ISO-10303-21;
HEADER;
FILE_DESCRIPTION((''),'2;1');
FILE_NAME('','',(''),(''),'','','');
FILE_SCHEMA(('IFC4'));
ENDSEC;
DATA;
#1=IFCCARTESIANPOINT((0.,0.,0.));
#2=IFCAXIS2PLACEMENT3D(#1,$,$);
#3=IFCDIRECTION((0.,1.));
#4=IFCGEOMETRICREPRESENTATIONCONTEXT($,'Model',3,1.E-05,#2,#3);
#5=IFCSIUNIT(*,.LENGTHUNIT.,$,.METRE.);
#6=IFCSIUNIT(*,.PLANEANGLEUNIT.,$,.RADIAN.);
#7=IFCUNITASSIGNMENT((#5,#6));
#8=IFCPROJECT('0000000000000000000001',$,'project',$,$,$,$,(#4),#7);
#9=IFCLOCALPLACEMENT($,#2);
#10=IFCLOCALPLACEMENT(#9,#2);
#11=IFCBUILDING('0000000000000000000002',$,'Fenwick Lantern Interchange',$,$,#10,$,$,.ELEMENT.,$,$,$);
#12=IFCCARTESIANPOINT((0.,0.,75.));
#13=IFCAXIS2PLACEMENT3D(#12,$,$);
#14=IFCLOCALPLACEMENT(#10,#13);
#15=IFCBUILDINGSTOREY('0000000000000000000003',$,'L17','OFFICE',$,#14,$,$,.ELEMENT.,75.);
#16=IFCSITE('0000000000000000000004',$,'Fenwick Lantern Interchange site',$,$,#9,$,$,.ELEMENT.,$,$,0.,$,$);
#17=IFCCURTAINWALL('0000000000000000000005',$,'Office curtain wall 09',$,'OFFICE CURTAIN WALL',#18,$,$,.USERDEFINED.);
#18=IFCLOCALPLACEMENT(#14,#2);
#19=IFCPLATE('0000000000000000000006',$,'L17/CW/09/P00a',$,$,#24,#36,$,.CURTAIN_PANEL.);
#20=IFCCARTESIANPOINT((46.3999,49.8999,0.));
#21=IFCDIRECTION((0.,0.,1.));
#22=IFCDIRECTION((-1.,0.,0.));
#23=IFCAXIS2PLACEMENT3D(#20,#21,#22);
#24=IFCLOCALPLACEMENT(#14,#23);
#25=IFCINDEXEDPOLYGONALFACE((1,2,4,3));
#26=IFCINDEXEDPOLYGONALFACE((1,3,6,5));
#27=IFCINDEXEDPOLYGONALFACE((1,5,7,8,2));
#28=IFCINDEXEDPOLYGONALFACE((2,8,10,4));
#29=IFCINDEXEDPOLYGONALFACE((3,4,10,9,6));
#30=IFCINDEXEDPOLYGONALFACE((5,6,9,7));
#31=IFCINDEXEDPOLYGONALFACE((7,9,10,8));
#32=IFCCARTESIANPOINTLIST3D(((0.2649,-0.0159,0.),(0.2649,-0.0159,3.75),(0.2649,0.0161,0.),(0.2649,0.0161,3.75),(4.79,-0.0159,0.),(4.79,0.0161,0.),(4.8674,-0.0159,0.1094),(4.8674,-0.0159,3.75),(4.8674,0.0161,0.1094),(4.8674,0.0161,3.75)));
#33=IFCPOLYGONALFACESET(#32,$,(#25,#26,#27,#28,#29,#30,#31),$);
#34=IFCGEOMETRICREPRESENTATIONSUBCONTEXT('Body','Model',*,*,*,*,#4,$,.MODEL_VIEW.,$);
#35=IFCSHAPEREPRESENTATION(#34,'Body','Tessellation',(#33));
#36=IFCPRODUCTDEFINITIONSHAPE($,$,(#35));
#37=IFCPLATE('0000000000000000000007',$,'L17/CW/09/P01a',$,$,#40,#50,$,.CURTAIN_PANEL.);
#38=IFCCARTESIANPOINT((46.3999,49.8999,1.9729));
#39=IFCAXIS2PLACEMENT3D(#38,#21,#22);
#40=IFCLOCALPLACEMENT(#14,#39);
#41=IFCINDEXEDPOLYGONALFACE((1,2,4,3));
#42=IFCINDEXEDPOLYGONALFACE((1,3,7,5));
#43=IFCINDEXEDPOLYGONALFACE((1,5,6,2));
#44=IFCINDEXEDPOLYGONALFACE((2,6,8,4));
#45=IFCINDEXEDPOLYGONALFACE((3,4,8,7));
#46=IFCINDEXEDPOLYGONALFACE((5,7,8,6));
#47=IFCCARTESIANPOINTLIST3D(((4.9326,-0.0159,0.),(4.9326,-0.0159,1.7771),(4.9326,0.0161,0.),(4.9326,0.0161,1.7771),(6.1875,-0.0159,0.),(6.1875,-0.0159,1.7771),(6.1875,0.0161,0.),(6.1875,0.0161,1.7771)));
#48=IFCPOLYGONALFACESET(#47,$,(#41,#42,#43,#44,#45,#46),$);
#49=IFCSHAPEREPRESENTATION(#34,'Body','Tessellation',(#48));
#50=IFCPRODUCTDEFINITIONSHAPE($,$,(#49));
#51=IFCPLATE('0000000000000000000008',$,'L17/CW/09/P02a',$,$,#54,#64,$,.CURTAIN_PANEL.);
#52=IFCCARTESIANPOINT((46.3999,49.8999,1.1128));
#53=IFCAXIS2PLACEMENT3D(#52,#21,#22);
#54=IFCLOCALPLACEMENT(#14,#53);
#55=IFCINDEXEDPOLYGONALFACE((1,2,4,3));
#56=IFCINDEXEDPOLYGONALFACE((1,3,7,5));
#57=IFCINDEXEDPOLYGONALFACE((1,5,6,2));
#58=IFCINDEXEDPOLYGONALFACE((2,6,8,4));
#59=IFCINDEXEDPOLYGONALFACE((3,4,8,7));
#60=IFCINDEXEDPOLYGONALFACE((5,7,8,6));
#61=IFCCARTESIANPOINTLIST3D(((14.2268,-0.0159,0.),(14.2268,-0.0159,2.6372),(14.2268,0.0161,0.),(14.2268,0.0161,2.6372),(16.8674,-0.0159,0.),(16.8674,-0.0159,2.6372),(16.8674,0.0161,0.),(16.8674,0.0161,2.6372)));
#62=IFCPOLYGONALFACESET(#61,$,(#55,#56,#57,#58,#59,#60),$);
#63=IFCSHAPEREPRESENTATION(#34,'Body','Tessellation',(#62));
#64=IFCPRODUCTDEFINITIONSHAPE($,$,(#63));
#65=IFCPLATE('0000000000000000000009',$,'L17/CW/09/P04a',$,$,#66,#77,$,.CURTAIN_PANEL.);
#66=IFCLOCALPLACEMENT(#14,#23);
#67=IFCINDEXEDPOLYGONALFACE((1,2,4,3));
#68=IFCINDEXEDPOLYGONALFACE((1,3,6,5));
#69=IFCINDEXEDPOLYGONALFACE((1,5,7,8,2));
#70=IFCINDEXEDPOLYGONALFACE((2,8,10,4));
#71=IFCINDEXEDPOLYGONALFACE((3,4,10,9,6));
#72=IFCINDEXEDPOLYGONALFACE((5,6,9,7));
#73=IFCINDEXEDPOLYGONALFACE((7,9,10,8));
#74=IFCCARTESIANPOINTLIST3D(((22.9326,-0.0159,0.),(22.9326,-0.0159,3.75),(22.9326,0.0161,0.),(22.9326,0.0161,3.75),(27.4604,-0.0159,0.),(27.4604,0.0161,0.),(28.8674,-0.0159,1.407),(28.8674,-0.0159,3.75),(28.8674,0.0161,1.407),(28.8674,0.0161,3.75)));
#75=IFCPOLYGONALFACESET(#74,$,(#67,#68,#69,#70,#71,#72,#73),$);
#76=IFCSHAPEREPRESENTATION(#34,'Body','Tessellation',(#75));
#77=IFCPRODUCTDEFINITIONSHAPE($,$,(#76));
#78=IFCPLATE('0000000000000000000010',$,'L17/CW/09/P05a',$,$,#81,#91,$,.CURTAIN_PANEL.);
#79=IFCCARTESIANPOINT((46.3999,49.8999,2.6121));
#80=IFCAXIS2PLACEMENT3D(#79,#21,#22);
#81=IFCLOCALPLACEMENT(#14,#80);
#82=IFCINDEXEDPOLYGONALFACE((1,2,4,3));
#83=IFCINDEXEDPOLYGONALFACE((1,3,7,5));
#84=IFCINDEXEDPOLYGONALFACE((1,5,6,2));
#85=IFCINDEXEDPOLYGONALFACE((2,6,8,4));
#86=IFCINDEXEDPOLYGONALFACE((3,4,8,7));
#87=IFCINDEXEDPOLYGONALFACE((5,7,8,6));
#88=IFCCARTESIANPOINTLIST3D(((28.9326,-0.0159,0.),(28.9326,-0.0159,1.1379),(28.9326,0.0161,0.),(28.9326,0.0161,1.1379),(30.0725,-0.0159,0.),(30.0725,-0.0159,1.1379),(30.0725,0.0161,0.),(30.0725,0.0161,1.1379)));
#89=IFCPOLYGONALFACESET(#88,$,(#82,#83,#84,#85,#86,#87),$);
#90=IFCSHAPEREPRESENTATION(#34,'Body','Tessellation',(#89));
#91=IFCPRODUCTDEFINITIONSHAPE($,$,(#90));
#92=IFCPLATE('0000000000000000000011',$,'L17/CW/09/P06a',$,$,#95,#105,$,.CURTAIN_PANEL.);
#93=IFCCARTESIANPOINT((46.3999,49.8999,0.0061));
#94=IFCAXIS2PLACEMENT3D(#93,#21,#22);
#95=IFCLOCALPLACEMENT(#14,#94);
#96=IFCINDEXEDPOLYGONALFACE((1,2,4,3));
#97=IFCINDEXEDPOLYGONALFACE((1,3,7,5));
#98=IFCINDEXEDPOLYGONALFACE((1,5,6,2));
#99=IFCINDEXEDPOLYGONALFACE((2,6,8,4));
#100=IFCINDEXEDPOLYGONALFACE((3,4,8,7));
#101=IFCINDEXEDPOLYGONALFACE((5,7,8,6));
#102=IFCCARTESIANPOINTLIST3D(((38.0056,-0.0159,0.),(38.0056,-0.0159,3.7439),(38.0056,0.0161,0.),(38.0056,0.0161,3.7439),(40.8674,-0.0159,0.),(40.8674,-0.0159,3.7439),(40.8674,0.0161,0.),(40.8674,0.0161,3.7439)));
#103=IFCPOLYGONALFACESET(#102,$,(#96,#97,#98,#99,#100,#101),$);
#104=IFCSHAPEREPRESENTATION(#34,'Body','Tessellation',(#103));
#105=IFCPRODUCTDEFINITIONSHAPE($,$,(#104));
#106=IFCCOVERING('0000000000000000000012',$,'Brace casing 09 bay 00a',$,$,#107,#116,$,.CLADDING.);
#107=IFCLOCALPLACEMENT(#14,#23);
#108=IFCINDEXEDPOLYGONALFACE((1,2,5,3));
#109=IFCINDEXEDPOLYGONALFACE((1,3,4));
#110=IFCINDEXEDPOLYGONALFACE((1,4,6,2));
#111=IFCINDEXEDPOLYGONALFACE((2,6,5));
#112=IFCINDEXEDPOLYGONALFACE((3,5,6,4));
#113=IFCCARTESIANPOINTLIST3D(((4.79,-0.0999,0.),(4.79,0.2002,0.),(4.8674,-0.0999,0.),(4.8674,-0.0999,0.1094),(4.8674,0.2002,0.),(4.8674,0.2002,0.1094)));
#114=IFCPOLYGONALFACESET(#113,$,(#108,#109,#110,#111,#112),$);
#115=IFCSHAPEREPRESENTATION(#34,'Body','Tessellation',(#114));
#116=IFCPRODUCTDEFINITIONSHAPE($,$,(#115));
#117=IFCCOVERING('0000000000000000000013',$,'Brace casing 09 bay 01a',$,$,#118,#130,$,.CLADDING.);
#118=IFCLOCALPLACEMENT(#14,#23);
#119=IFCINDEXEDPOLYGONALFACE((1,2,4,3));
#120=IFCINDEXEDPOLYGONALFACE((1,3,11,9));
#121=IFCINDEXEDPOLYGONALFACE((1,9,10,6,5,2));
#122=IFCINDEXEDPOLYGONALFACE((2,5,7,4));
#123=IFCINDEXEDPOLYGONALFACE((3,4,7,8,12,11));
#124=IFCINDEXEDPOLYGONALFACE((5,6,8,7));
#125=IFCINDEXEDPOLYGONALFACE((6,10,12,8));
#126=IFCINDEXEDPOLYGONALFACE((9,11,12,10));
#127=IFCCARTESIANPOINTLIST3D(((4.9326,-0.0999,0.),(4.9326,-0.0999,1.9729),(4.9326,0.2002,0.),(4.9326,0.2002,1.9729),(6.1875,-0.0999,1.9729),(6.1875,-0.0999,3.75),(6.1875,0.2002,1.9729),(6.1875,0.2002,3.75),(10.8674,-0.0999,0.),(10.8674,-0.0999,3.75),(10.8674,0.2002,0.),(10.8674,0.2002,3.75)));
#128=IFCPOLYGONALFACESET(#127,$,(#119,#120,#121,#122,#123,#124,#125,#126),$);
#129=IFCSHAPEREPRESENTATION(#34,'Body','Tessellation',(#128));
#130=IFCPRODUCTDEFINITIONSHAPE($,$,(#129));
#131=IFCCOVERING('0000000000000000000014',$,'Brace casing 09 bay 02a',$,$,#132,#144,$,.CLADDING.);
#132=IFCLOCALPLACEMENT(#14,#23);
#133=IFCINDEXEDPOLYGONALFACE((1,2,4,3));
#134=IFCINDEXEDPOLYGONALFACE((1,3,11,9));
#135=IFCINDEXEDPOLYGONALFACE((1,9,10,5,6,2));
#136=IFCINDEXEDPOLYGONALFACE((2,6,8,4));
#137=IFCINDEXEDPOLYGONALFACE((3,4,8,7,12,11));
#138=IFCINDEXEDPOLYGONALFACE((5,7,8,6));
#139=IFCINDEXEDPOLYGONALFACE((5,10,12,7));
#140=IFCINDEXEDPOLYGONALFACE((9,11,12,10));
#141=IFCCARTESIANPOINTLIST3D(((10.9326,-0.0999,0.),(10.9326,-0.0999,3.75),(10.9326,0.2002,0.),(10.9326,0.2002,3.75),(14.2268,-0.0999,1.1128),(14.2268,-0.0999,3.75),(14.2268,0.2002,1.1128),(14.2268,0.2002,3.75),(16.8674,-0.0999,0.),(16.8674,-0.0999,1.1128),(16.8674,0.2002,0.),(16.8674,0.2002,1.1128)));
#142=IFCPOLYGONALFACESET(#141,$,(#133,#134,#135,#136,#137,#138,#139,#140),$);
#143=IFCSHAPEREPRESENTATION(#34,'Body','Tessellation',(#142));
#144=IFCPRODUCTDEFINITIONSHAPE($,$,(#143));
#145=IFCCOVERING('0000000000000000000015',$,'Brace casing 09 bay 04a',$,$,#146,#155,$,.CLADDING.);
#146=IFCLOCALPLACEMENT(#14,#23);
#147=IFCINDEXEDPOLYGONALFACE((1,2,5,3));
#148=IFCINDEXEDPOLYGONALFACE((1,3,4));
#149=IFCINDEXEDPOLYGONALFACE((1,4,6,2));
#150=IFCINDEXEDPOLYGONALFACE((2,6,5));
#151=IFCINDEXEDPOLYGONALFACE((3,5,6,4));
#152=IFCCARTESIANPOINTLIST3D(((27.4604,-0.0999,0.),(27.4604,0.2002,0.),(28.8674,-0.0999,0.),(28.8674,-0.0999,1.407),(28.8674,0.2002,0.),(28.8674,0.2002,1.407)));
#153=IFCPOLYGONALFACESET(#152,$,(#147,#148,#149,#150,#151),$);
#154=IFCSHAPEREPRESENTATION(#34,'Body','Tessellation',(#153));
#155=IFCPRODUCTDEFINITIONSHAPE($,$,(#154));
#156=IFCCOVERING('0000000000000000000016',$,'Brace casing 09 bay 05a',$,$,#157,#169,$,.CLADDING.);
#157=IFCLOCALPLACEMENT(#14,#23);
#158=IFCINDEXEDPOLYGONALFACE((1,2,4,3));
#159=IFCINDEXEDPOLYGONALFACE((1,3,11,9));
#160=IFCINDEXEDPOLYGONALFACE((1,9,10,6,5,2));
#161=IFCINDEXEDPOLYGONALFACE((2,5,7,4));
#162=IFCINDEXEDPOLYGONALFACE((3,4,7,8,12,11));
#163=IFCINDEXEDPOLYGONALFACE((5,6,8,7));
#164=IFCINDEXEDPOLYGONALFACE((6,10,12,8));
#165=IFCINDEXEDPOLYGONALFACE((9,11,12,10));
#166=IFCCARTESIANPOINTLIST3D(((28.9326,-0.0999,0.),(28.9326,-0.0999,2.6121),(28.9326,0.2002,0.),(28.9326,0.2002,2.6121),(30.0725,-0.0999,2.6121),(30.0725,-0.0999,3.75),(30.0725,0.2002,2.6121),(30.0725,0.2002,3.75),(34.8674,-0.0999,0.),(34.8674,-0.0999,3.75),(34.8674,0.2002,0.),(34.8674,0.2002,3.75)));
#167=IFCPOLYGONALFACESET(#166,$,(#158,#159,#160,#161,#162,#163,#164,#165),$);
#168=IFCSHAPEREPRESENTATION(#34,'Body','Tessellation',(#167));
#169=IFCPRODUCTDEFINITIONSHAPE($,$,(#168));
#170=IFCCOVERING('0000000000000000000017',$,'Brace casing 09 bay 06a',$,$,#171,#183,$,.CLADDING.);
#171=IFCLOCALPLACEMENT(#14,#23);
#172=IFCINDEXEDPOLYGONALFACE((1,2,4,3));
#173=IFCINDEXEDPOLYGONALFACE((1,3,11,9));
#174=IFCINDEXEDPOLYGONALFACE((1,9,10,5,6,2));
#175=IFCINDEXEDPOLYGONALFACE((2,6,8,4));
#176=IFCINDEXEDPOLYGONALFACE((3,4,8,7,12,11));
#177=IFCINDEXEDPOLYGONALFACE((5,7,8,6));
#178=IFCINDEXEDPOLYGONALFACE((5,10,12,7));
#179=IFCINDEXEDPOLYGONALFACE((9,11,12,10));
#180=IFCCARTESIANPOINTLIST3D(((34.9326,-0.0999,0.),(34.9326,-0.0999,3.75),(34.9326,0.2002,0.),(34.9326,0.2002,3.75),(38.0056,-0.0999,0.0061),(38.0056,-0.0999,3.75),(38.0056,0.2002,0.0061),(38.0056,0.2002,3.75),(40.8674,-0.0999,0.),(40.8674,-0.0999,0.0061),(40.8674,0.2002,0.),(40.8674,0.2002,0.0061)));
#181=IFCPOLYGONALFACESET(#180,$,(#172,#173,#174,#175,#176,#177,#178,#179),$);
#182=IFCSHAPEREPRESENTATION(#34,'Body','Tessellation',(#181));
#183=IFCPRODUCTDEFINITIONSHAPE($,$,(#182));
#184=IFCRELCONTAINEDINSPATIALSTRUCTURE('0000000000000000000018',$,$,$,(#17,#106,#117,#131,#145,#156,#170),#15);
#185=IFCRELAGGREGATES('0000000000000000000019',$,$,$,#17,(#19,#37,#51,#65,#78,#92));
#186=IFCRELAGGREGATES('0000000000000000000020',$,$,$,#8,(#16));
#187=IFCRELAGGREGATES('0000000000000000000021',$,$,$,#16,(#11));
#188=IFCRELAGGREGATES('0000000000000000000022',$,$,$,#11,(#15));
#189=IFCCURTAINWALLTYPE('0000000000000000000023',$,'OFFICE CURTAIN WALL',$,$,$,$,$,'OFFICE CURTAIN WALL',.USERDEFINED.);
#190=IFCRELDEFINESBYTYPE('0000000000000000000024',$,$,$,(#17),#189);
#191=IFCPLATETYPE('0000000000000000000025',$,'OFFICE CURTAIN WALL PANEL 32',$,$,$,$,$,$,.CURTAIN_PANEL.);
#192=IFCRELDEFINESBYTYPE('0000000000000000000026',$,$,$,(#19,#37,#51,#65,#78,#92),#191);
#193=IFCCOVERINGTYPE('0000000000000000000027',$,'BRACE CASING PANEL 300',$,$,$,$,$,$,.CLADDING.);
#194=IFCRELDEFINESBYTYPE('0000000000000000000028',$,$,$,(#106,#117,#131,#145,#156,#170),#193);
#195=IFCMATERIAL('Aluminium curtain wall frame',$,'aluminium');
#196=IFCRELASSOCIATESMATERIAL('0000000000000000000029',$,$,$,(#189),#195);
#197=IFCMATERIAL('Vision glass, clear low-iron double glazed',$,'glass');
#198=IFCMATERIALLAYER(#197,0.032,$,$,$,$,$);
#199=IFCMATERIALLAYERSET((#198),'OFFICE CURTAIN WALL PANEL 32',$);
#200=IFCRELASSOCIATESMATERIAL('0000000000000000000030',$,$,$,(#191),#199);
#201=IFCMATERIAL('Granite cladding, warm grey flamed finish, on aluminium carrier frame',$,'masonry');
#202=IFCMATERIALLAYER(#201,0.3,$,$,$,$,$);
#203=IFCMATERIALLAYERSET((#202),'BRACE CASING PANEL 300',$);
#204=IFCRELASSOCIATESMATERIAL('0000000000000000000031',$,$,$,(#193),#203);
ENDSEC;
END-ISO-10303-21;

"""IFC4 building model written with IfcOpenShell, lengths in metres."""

from ifc_helpers import new_model, si_unit, direction, frame, origin, place, context, subcontext, project, spatial, polyline, outline, extrude, material, layer, layer_set, type_object, element, aggregate, save


model = new_model("IFC4")

# Units and contexts
model_context = context("Model", 3, precision=1e-05, world=origin(), true_north=direction((0.0, 1.0)))
body_context = subcontext(model_context, "Body", "Model", "MODEL_VIEW")
ifc_project = project(units=[si_unit("LENGTHUNIT", "METRE"), si_unit("PLANEANGLEUNIT", "RADIAN")], contexts=[model_context])

# Site, building, storey
site_placement = place(None, origin())
site = spatial("IfcSite", under=ifc_project, at=site_placement, Name="Fenwick Lantern Interchange site", CompositionType="ELEMENT", RefElevation=0.0)
building_placement = place(site_placement, origin())
building = spatial("IfcBuilding", under=site, at=building_placement, Name="Fenwick Lantern Interchange", CompositionType="ELEMENT")
storey_placement = place(building_placement, frame((0.0, 0.0, 75.0)))
storey = spatial("IfcBuildingStorey", under=building, at=storey_placement, Name="L17", Description="OFFICE", CompositionType="ELEMENT", Elevation=75.0)

# Shared definitions
ifc_material_1 = material(Name="Aluminium curtain wall frame", Category="aluminium")
curtain_wall_type = type_object("IfcCurtainWallType", Name="OFFICE CURTAIN WALL", ElementType="OFFICE CURTAIN WALL", PredefinedType="USERDEFINED", material=ifc_material_1)

# Curtain wall
curtain_wall_1_placement = place(storey_placement, origin())
curtain_wall_1 = element("IfcCurtainWall", 1, at=curtain_wall_1_placement, inside=storey, type_object=curtain_wall_type, Name="Office curtain wall 09", ObjectType="OFFICE CURTAIN WALL", PredefinedType="USERDEFINED")

# Plates
ifc_material_2 = material(Name="Vision glass, clear low-iron double glazed", Category="glass")
ifc_layer_1 = layer(ifc_material_2, 0.032)
ifc_layer_set_1 = layer_set([ifc_layer_1], Name="OFFICE CURTAIN WALL PANEL 32")
plate_type = type_object("IfcPlateType", Name="OFFICE CURTAIN WALL PANEL 32", PredefinedType="CURTAIN_PANEL", material=ifc_layer_set_1)
plate_1_placement = place(storey_placement, frame((46.3999, 49.8999, 0.0), z_axis=(0.0, 0.0, 1.0), x_axis=(-1.0, 0.0, 0.0)))
plate_1 = element("IfcPlate", 2, at=plate_1_placement, type_object=plate_type, Name="L17/CW/09/P00a", PredefinedType="CURTAIN_PANEL", context=body_context, shape_type="SweptSolid", body=[
    extrude(outline(polyline([(0.2649, 0.0), (4.79, 0.0), (4.8674, 0.1094), (4.8674, 3.75), (0.2649, 3.75), (0.2649, 0.0)])), frame((0.0, 0.0161, 0.0), z_axis=(0.0, -1.0, 0.0), x_axis=(1.0, 0.0, 0.0)), (0.0, 0.0, 1.0), 0.032),
])
plate_2_placement = place(storey_placement, frame((46.3999, 49.8999, 1.9729), z_axis=(0.0, 0.0, 1.0), x_axis=(-1.0, 0.0, 0.0)))
plate_2 = element("IfcPlate", 3, at=plate_2_placement, type_object=plate_type, Name="L17/CW/09/P01a", PredefinedType="CURTAIN_PANEL", context=body_context, shape_type="SweptSolid", body=[
    extrude(outline(polyline([(4.9326, 0.0), (6.1875, 0.0), (6.1875, 1.7771), (4.9326, 1.7771), (4.9326, 0.0)])), frame((0.0, 0.0161, 0.0), z_axis=(0.0, -1.0, 0.0), x_axis=(1.0, 0.0, 0.0)), (0.0, 0.0, 1.0), 0.032),
])
plate_3_placement = place(storey_placement, frame((46.3999, 49.8999, 1.1128), z_axis=(0.0, 0.0, 1.0), x_axis=(-1.0, 0.0, 0.0)))
plate_3 = element("IfcPlate", 4, at=plate_3_placement, type_object=plate_type, Name="L17/CW/09/P02a", PredefinedType="CURTAIN_PANEL", context=body_context, shape_type="SweptSolid", body=[
    extrude(outline(polyline([(14.2268, 0.0), (16.8674, 0.0), (16.8674, 2.6372), (14.2268, 2.6372), (14.2268, 0.0)])), frame((0.0, 0.0161, 0.0), z_axis=(0.0, -1.0, 0.0), x_axis=(1.0, 0.0, 0.0)), (0.0, 0.0, 1.0), 0.032),
])
plate_4_placement = place(storey_placement, frame((46.3999, 49.8999, 0.0), z_axis=(0.0, 0.0, 1.0), x_axis=(-1.0, 0.0, 0.0)))
plate_4 = element("IfcPlate", 5, at=plate_4_placement, type_object=plate_type, Name="L17/CW/09/P04a", PredefinedType="CURTAIN_PANEL", context=body_context, shape_type="SweptSolid", body=[
    extrude(outline(polyline([(22.9326, 0.0), (27.4604, 0.0), (28.8674, 1.407), (28.8674, 3.75), (22.9326, 3.75), (22.9326, 0.0)])), frame((0.0, 0.0161, 0.0), z_axis=(0.0, -1.0, 0.0), x_axis=(1.0, 0.0, 0.0)), (0.0, 0.0, 1.0), 0.032),
])
plate_5_placement = place(storey_placement, frame((46.3999, 49.8999, 2.6121), z_axis=(0.0, 0.0, 1.0), x_axis=(-1.0, 0.0, 0.0)))
plate_5 = element("IfcPlate", 6, at=plate_5_placement, type_object=plate_type, Name="L17/CW/09/P05a", PredefinedType="CURTAIN_PANEL", context=body_context, shape_type="SweptSolid", body=[
    extrude(outline(polyline([(28.9326, 0.0), (30.0725, 0.0), (30.0725, 1.1379), (28.9326, 1.1379), (28.9326, 0.0)])), frame((0.0, 0.0161, 0.0), z_axis=(0.0, -1.0, 0.0), x_axis=(1.0, 0.0, 0.0)), (0.0, 0.0, 1.0), 0.032),
])
plate_6_placement = place(storey_placement, frame((46.3999, 49.8999, 0.0061), z_axis=(0.0, 0.0, 1.0), x_axis=(-1.0, 0.0, 0.0)))
plate_6 = element("IfcPlate", 7, at=plate_6_placement, type_object=plate_type, Name="L17/CW/09/P06a", PredefinedType="CURTAIN_PANEL", context=body_context, shape_type="SweptSolid", body=[
    extrude(outline(polyline([(38.0056, 0.0), (40.8674, 0.0), (40.8674, 3.7439), (38.0056, 3.7439), (38.0056, 0.0)])), frame((0.0, 0.0161, 0.0), z_axis=(0.0, -1.0, 0.0), x_axis=(1.0, 0.0, 0.0)), (0.0, 0.0, 1.0), 0.032),
])
aggregate(curtain_wall_1, [plate_1, plate_2, plate_3, plate_4, plate_5, plate_6])

# Coverings
ifc_material_3 = material(Name="Granite cladding, warm grey flamed finish, on aluminium carrier frame", Category="masonry")
ifc_layer_2 = layer(ifc_material_3, 0.3)
ifc_layer_set_2 = layer_set([ifc_layer_2], Name="BRACE CASING PANEL 300")
covering_type = type_object("IfcCoveringType", Name="BRACE CASING PANEL 300", PredefinedType="CLADDING", material=ifc_layer_set_2)
covering_1_placement = place(storey_placement, frame((46.3999, 49.8999, 0.0), z_axis=(0.0, 0.0, 1.0), x_axis=(-1.0, 0.0, 0.0)))
element("IfcCovering", 8, at=covering_1_placement, inside=storey, type_object=covering_type, Name="Brace casing 09 bay 00a", PredefinedType="CLADDING", context=body_context, shape_type="SweptSolid", body=[
    extrude(outline(polyline([(4.79, 0.0), (4.8674, 0.0), (4.8674, 0.1094), (4.79, 0.0)])), frame((0.0, 0.2002, 0.0), z_axis=(0.0, -1.0, 0.0), x_axis=(1.0, 0.0, 0.0)), (0.0, 0.0, 1.0), 0.3),
])
covering_2_placement = place(storey_placement, frame((46.3999, 49.8999, 0.0), z_axis=(0.0, 0.0, 1.0), x_axis=(-1.0, 0.0, 0.0)))
element("IfcCovering", 9, at=covering_2_placement, inside=storey, type_object=covering_type, Name="Brace casing 09 bay 01a", PredefinedType="CLADDING", context=body_context, shape_type="SweptSolid", body=[
    extrude(outline(polyline([(4.9326, 0.0), (10.8674, 0.0), (10.8674, 3.75), (6.1875, 3.75), (6.1875, 1.9729), (4.9326, 1.9729), (4.9326, 0.0)])), frame((0.0, 0.2002, 0.0), z_axis=(0.0, -1.0, 0.0), x_axis=(1.0, 0.0, 0.0)), (0.0, 0.0, 1.0), 0.3),
])
covering_3_placement = place(storey_placement, frame((46.3999, 49.8999, 0.0), z_axis=(0.0, 0.0, 1.0), x_axis=(-1.0, 0.0, 0.0)))
element("IfcCovering", 10, at=covering_3_placement, inside=storey, type_object=covering_type, Name="Brace casing 09 bay 02a", PredefinedType="CLADDING", context=body_context, shape_type="SweptSolid", body=[
    extrude(outline(polyline([(10.9326, 0.0), (16.8674, 0.0), (16.8674, 1.1128), (14.2268, 1.1128), (14.2268, 3.75), (10.9326, 3.75), (10.9326, 0.0)])), frame((0.0, 0.2002, 0.0), z_axis=(0.0, -1.0, 0.0), x_axis=(1.0, 0.0, 0.0)), (0.0, 0.0, 1.0), 0.3),
])
covering_4_placement = place(storey_placement, frame((46.3999, 49.8999, 0.0), z_axis=(0.0, 0.0, 1.0), x_axis=(-1.0, 0.0, 0.0)))
element("IfcCovering", 11, at=covering_4_placement, inside=storey, type_object=covering_type, Name="Brace casing 09 bay 04a", PredefinedType="CLADDING", context=body_context, shape_type="SweptSolid", body=[
    extrude(outline(polyline([(27.4604, 0.0), (28.8674, 0.0), (28.8674, 1.407), (27.4604, 0.0)])), frame((0.0, 0.2002, 0.0), z_axis=(0.0, -1.0, 0.0), x_axis=(1.0, 0.0, 0.0)), (0.0, 0.0, 1.0), 0.3),
])
covering_5_placement = place(storey_placement, frame((46.3999, 49.8999, 0.0), z_axis=(0.0, 0.0, 1.0), x_axis=(-1.0, 0.0, 0.0)))
element("IfcCovering", 12, at=covering_5_placement, inside=storey, type_object=covering_type, Name="Brace casing 09 bay 05a", PredefinedType="CLADDING", context=body_context, shape_type="SweptSolid", body=[
    extrude(outline(polyline([(28.9326, 0.0), (34.8674, 0.0), (34.8674, 3.75), (30.0725, 3.75), (30.0725, 2.6121), (28.9326, 2.6121), (28.9326, 0.0)])), frame((0.0, 0.2002, 0.0), z_axis=(0.0, -1.0, 0.0), x_axis=(1.0, 0.0, 0.0)), (0.0, 0.0, 1.0), 0.3),
])
covering_6_placement = place(storey_placement, frame((46.3999, 49.8999, 0.0), z_axis=(0.0, 0.0, 1.0), x_axis=(-1.0, 0.0, 0.0)))
element("IfcCovering", 13, at=covering_6_placement, inside=storey, type_object=covering_type, Name="Brace casing 09 bay 06a", PredefinedType="CLADDING", context=body_context, shape_type="SweptSolid", body=[
    extrude(outline(polyline([(34.9326, 0.0), (40.8674, 0.0), (40.8674, 0.0061), (38.0056, 0.0061), (38.0056, 3.75), (34.9326, 3.75), (34.9326, 0.0)])), frame((0.0, 0.2002, 0.0), z_axis=(0.0, -1.0, 0.0), x_axis=(1.0, 0.0, 0.0)), (0.0, 0.0, 1.0), 0.3),
])

save(model, "model.ifc")
